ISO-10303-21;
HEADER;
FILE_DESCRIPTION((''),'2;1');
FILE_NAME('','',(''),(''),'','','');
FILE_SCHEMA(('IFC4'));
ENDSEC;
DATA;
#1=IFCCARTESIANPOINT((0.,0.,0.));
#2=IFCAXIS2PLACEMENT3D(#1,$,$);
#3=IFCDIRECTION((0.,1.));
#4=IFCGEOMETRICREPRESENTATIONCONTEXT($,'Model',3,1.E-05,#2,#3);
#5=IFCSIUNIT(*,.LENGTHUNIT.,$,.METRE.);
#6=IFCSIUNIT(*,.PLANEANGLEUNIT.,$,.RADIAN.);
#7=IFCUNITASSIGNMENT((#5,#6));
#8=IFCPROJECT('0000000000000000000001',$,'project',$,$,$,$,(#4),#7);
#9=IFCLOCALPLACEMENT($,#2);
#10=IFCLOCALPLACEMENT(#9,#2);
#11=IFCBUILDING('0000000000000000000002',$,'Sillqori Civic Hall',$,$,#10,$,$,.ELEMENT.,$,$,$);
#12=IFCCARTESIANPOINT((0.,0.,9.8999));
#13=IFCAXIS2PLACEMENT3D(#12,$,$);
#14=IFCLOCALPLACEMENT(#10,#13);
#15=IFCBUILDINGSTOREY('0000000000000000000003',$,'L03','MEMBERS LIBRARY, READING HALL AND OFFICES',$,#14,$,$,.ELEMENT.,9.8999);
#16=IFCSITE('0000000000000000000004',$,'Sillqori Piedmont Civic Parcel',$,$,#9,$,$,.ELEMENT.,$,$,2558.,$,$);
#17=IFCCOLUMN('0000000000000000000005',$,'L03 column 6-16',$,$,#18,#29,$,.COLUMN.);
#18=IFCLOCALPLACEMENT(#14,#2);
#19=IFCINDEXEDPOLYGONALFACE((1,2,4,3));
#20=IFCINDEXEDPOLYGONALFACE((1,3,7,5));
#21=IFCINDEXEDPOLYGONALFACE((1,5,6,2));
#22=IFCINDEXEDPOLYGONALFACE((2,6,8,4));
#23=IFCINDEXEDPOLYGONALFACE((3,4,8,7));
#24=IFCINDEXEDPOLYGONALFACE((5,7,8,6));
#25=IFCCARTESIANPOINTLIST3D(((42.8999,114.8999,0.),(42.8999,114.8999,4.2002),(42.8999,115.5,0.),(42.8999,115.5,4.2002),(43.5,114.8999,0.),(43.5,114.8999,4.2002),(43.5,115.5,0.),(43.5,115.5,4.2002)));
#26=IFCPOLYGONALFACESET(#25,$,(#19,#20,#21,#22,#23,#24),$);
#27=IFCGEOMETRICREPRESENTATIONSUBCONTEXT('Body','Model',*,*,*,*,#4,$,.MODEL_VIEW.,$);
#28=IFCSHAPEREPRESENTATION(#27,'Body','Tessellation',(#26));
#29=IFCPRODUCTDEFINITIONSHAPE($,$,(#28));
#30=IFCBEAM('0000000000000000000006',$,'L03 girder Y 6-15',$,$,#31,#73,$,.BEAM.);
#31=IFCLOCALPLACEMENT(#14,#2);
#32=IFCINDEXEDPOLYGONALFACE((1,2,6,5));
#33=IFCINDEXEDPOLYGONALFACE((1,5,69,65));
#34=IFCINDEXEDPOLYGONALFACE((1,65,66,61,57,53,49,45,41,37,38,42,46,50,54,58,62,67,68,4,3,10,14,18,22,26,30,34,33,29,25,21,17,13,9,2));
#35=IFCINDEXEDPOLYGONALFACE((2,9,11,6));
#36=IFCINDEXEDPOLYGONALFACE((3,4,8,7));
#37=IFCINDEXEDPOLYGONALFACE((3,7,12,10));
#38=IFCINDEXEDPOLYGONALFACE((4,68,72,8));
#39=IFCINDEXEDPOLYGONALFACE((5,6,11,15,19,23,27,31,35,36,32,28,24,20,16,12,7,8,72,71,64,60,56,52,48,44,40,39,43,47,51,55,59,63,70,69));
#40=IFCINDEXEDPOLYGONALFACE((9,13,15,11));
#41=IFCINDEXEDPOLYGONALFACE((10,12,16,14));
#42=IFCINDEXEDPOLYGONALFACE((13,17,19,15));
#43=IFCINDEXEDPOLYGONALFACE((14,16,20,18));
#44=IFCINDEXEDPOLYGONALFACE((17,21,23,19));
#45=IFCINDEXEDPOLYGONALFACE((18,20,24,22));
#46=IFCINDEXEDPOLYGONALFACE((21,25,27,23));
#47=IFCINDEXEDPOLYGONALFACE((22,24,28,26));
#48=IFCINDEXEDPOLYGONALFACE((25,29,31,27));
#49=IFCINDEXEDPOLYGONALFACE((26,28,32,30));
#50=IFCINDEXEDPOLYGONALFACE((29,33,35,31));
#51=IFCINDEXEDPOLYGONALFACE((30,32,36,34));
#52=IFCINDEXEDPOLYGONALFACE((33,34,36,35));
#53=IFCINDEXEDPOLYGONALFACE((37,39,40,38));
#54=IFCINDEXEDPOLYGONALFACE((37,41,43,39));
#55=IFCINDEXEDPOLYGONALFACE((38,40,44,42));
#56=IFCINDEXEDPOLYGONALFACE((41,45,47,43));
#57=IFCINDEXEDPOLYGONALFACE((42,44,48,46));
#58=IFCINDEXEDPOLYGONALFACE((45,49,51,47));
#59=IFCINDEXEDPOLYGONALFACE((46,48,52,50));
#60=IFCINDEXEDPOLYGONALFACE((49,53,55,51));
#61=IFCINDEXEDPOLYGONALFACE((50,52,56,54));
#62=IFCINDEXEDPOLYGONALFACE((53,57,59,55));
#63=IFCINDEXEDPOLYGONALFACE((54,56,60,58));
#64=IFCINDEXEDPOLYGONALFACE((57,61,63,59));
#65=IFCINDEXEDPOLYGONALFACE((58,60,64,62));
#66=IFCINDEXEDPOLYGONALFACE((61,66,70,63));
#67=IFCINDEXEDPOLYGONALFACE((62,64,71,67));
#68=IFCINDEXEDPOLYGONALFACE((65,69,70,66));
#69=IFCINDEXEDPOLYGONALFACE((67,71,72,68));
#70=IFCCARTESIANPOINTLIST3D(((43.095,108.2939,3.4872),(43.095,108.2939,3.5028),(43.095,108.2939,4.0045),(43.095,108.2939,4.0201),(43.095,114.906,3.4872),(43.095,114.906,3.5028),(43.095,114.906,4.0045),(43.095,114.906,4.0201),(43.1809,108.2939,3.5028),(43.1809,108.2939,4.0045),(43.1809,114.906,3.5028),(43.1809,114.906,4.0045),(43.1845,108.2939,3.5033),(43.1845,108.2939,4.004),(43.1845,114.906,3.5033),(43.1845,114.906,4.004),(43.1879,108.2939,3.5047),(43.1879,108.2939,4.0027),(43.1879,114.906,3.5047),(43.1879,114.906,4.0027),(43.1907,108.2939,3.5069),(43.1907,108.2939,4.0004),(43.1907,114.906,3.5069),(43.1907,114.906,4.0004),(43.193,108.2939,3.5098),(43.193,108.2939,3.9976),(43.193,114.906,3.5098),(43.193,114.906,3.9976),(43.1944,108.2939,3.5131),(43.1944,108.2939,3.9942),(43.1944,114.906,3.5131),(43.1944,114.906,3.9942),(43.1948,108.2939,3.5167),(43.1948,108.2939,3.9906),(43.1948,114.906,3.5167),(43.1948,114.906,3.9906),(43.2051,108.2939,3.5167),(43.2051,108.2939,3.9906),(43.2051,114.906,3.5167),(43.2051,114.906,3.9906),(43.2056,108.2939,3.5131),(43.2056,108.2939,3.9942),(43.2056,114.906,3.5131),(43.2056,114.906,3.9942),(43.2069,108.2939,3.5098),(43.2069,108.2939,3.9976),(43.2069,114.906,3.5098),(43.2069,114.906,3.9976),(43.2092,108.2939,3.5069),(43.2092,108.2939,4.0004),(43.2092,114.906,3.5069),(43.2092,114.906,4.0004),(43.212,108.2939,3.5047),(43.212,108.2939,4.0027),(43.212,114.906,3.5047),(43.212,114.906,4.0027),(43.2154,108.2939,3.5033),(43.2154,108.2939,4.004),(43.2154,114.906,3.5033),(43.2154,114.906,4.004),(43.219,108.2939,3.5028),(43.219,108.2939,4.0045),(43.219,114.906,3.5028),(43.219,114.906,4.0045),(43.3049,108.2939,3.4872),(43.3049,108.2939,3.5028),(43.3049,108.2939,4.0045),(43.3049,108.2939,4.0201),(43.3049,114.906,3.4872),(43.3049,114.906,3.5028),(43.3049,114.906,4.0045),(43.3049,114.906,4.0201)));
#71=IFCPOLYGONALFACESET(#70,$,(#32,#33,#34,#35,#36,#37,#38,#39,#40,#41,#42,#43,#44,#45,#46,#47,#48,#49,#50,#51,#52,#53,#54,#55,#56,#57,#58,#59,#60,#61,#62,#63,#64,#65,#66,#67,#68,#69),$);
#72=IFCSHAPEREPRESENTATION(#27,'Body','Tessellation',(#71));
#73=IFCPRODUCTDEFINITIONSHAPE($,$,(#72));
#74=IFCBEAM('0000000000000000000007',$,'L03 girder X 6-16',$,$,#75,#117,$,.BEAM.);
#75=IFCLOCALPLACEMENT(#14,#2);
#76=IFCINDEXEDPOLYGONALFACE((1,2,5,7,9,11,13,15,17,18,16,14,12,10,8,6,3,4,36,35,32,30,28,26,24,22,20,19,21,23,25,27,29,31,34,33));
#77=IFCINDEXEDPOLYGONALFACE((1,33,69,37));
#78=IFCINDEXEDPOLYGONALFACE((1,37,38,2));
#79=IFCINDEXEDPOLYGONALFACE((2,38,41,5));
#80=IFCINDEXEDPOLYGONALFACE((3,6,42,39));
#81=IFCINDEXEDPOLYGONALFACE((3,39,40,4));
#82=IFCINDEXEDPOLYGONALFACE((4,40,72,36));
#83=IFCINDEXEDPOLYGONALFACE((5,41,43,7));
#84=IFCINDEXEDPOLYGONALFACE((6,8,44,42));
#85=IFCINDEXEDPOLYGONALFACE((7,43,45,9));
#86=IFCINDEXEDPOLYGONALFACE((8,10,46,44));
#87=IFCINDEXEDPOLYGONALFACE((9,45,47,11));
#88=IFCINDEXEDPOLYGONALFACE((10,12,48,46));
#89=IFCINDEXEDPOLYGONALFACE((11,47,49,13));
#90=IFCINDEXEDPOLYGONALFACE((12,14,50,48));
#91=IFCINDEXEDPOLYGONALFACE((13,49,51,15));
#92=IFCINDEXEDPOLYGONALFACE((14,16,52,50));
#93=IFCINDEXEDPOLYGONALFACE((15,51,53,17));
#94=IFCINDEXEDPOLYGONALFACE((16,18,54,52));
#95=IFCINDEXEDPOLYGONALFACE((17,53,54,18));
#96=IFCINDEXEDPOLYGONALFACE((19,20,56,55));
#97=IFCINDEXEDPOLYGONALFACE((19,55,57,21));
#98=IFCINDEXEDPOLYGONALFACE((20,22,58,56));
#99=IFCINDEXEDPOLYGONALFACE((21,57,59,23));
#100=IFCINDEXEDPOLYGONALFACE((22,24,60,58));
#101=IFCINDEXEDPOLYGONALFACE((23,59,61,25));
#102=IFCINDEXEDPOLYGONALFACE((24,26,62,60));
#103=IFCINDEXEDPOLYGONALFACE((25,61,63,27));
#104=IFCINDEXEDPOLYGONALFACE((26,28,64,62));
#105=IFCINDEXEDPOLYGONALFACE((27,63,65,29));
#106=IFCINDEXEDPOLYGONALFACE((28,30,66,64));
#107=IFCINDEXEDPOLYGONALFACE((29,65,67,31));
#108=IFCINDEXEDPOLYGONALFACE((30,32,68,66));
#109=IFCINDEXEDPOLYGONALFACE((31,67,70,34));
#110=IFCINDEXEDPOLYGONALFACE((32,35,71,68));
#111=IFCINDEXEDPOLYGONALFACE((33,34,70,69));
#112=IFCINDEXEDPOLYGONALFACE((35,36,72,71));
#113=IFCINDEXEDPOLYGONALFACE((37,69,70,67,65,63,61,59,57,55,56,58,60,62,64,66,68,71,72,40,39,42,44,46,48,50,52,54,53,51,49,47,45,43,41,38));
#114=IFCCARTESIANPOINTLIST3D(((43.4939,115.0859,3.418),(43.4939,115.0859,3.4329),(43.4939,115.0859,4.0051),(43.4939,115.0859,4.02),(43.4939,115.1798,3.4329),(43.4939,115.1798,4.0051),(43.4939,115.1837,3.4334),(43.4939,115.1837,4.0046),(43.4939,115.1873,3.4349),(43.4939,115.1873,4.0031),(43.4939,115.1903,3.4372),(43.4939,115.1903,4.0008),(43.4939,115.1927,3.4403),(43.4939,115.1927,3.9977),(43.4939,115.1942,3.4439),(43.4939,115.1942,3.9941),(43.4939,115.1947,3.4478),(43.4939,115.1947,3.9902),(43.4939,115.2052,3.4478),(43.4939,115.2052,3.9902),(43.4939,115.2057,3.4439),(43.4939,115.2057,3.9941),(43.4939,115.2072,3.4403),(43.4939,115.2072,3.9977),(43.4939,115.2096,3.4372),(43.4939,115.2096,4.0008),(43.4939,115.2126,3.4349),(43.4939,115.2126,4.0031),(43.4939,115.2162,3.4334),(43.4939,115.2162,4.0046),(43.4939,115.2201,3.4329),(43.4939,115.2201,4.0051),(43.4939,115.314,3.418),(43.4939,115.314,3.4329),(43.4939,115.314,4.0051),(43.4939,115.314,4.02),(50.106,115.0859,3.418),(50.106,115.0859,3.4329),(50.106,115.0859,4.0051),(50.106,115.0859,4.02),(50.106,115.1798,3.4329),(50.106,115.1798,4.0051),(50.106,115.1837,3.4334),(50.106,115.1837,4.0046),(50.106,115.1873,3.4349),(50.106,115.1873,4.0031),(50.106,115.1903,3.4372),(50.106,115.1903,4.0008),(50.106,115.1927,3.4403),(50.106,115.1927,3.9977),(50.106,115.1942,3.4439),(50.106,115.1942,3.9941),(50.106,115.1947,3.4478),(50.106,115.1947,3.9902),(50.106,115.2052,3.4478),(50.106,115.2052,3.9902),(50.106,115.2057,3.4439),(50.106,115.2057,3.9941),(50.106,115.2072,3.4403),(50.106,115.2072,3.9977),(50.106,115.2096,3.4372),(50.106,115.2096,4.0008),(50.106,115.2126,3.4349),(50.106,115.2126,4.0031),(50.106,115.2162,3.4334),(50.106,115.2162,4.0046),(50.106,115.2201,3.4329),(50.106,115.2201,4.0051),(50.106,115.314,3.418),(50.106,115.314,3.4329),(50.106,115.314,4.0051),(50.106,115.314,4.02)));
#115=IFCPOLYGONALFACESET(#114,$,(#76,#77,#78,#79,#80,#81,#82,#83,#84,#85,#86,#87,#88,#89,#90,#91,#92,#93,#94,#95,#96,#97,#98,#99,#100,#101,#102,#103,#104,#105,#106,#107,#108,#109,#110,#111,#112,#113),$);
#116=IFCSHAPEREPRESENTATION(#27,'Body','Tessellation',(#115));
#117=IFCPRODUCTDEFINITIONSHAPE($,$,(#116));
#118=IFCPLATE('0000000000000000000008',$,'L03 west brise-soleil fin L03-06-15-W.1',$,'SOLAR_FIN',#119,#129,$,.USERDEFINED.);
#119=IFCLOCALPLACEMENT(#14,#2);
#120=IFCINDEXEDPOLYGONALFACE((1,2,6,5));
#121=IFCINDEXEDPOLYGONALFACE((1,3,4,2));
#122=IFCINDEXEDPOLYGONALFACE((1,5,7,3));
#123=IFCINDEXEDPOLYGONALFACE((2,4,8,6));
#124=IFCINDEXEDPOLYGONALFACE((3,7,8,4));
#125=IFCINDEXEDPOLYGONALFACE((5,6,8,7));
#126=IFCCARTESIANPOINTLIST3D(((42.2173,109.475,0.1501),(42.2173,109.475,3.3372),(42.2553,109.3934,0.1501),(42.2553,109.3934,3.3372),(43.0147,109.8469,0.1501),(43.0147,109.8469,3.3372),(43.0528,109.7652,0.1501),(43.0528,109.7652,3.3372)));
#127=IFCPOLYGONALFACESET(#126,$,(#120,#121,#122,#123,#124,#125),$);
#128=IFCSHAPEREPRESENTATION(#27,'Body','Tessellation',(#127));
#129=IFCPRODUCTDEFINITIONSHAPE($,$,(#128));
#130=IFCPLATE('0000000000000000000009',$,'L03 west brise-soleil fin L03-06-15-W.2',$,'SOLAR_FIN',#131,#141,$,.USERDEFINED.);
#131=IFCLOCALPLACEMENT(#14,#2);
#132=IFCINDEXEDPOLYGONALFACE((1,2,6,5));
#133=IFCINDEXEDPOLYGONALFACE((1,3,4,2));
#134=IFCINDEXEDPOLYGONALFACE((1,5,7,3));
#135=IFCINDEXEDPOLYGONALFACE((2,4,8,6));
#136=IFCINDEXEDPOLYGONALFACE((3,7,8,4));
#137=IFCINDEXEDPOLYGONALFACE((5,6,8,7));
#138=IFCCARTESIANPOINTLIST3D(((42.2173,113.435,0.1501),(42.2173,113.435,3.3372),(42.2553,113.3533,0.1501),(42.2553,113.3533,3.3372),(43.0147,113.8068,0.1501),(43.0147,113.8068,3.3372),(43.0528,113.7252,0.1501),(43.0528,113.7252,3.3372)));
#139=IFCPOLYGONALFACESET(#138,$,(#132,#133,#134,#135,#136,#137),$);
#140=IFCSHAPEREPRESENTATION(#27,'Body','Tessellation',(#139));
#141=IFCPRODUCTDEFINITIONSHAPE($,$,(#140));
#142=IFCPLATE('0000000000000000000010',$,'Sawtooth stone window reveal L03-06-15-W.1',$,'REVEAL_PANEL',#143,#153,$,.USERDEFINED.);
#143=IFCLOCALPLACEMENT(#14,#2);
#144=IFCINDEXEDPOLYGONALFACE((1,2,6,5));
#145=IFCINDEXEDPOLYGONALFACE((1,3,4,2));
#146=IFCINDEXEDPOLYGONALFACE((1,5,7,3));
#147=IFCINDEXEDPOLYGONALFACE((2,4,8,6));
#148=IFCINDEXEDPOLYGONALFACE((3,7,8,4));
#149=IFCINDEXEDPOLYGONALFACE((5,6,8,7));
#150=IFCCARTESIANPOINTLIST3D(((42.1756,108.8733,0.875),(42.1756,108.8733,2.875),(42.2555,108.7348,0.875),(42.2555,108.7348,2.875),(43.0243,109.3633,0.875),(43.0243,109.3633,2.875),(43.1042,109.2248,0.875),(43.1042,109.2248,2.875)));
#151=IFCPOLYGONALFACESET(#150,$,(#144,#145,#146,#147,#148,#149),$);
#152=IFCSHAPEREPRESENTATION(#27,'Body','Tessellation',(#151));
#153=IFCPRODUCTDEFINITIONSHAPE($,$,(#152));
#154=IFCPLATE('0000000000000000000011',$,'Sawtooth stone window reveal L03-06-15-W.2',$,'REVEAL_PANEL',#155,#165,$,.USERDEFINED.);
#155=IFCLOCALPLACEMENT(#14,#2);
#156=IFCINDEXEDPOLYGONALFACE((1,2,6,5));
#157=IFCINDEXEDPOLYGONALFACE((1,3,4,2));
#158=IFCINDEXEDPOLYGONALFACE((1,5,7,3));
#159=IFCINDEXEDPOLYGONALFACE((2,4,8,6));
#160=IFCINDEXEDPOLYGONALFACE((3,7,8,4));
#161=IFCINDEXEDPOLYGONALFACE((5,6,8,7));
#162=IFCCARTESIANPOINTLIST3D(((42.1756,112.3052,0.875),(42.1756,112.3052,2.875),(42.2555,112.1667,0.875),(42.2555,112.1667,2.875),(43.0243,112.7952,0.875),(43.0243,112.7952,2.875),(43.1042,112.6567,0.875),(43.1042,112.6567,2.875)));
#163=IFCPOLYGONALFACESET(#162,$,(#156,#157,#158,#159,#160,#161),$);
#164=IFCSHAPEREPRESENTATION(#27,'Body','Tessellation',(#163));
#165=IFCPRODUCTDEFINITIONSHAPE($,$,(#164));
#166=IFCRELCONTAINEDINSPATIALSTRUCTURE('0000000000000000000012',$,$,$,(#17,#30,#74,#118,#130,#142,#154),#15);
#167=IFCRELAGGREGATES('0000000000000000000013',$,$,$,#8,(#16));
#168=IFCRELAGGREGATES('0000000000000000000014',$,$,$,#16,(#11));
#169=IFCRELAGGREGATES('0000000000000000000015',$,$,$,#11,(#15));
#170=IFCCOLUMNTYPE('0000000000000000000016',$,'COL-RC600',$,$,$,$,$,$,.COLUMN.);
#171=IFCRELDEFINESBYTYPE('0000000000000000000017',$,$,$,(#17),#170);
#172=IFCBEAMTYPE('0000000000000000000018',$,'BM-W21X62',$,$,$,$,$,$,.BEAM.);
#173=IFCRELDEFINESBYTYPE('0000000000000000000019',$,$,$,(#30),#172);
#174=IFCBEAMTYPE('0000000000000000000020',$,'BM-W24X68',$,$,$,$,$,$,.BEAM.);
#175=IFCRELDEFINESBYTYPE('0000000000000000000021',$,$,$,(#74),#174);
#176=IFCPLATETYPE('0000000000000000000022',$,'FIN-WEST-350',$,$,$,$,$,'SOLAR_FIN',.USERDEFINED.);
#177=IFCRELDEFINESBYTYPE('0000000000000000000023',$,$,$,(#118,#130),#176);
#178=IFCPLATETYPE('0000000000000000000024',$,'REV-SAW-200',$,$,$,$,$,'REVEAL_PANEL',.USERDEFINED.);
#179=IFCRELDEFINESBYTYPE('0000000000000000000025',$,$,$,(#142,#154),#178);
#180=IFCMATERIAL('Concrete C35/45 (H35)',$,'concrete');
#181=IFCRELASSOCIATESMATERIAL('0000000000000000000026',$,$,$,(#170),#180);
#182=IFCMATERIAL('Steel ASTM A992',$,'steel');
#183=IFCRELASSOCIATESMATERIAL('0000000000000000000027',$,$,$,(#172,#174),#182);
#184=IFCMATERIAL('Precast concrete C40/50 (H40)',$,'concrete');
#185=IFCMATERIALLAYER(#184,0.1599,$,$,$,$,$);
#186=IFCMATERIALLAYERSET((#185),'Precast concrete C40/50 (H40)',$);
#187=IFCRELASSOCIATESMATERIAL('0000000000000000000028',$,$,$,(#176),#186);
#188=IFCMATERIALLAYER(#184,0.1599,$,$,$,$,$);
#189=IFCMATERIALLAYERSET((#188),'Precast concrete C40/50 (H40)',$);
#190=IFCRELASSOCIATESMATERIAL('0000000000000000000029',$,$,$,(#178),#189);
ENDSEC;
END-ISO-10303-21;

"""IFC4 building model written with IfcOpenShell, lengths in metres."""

from ifc_helpers import new_model, si_unit, direction, frame, origin, origin_2d, place, context, subcontext, project, spatial, rectangle, i_section, extrude, material, layer, layer_set, material_profile, profile_set, type_object, element, save


model = new_model("IFC4")

# Units and contexts
model_context = context("Model", 3, precision=1e-05, world=origin(), true_north=direction((0.0, 1.0)))
body_context = subcontext(model_context, "Body", "Model", "MODEL_VIEW")
ifc_project = project(units=[si_unit("LENGTHUNIT", "METRE"), si_unit("PLANEANGLEUNIT", "RADIAN")], contexts=[model_context])

# Site, building, storey
site_placement = place(None, origin())
site = spatial("IfcSite", under=ifc_project, at=site_placement, Name="Sillqori Piedmont Civic Parcel", CompositionType="ELEMENT", RefElevation=2558.0)
building_placement = place(site_placement, origin())
building = spatial("IfcBuilding", under=site, at=building_placement, Name="Sillqori Civic Hall", CompositionType="ELEMENT")
storey_placement = place(building_placement, frame((0.0, 0.0, 9.8999)))
storey = spatial("IfcBuildingStorey", under=building, at=storey_placement, Name="L03", Description="MEMBERS LIBRARY, READING HALL AND OFFICES", CompositionType="ELEMENT", Elevation=9.8999)

# Column
ifc_material_1 = material(Name="Concrete C35/45 (H35)", Category="concrete")
ifc_material_profile_1 = material_profile(ifc_material_1, rectangle(XDim=0.6001, YDim=0.6001, at=origin_2d()), Name="RC 600x600")
ifc_profile_set_1 = profile_set([ifc_material_profile_1], Name="Concrete C35/45 (H35)")
column_type = type_object("IfcColumnType", Name="COL-RC600", PredefinedType="COLUMN", material=ifc_profile_set_1)
column_placement = place(storey_placement, frame((43.2, 115.2, 0.0), z_axis=(0.0, 0.0, 1.0), x_axis=(1.0, 0.0, 0.0)))
element("IfcColumn", 1, at=column_placement, inside=storey, type_object=column_type, Name="L03 column 6-16", PredefinedType="COLUMN", context=body_context, shape_type="SweptSolid", body=[
    extrude(rectangle(XDim=0.6001, YDim=0.6001, at=origin_2d()), origin(), (0.0, 0.0, 1.0), 4.2002),
])

# Beams
ifc_material_2 = material(Name="Steel ASTM A992", Category="steel")
ifc_material_profile_2 = material_profile(ifc_material_2, i_section(OverallWidth=0.21, OverallDepth=0.533, WebThickness=0.0103, FlangeThickness=0.0156, FilletRadius=0.0139, at=origin_2d()), Name="W21X62")
ifc_profile_set_2 = profile_set([ifc_material_profile_2], Name="Steel ASTM A992")
beam_type_1 = type_object("IfcBeamType", Name="BM-W21X62", PredefinedType="BEAM", material=ifc_profile_set_2)
beam_1_placement = place(storey_placement, frame((43.2, 108.2939, 3.7537), z_axis=(0.0, 1.0, 0.0), x_axis=(-1.0, 0.0, 0.0)))
element("IfcBeam", 2, at=beam_1_placement, inside=storey, type_object=beam_type_1, Name="L03 girder Y 6-15", PredefinedType="BEAM", context=body_context, shape_type="SweptSolid", body=[
    extrude(i_section(OverallWidth=0.21, OverallDepth=0.533, WebThickness=0.0103, FlangeThickness=0.0156, FilletRadius=0.0139, at=origin_2d()), origin(), (0.0, 0.0, 1.0), 6.6121),
])
ifc_material_profile_3 = material_profile(ifc_material_2, i_section(OverallWidth=0.228, OverallDepth=0.6021, WebThickness=0.0105, FlangeThickness=0.0149, FilletRadius=0.0149, at=origin_2d()), Name="W24X68")
ifc_profile_set_3 = profile_set([ifc_material_profile_3], Name="Steel ASTM A992")
beam_type_2 = type_object("IfcBeamType", Name="BM-W24X68", PredefinedType="BEAM", material=ifc_profile_set_3)
beam_2_placement = place(storey_placement, frame((43.4939, 115.2, 3.719), z_axis=(1.0, 0.0, 0.0), x_axis=(0.0, 1.0, 0.0)))
element("IfcBeam", 3, at=beam_2_placement, inside=storey, type_object=beam_type_2, Name="L03 girder X 6-16", PredefinedType="BEAM", context=body_context, shape_type="SweptSolid", body=[
    extrude(i_section(OverallWidth=0.228, OverallDepth=0.6021, WebThickness=0.0105, FlangeThickness=0.0149, FilletRadius=0.0149, at=origin_2d()), origin(), (0.0, 0.0, 1.0), 6.6121),
])

# Plates
ifc_material_3 = material(Name="Precast concrete C40/50 (H40)", Category="concrete")
ifc_layer_1 = layer(ifc_material_3, 0.1599)
ifc_layer_set_1 = layer_set([ifc_layer_1], Name="Precast concrete C40/50 (H40)")
plate_type_1 = type_object("IfcPlateType", Name="FIN-WEST-350", ElementType="SOLAR_FIN", PredefinedType="USERDEFINED", material=ifc_layer_set_1)
for number, where, z_axis, x_axis, name in (
    (4, (42.635, 109.6201, 0.1501), (0.0, 0.0, 1.0), (-0.422618, 0.906308, 0.0), "L03 west brise-soleil fin L03-06-15-W.1"),
    (5, (42.635, 113.5801, 0.1501), (0.0, 0.0, 1.0), (-0.422618, 0.906308, 0.0), "L03 west brise-soleil fin L03-06-15-W.2"),
):
    element("IfcPlate", number, at=place(storey_placement, frame(where, z_axis=z_axis, x_axis=x_axis)), inside=storey, type_object=plate_type_1, Name=name, ObjectType="SOLAR_FIN", PredefinedType="USERDEFINED", context=body_context, shape_type="SweptSolid", body=[
        extrude(rectangle(XDim=0.0901, YDim=0.8799, at=origin_2d()), origin(), (0.0, 0.0, 1.0), 3.187),
    ])
ifc_layer_2 = layer(ifc_material_3, 0.1599)
ifc_layer_set_2 = layer_set([ifc_layer_2], Name="Precast concrete C40/50 (H40)")
plate_type_2 = type_object("IfcPlateType", Name="REV-SAW-200", ElementType="REVEAL_PANEL", PredefinedType="USERDEFINED", material=ifc_layer_set_2)
for number, where, z_axis, x_axis, name in (
    (6, (42.6399, 109.0491, 0.875), (0.0, 0.0, 1.0), (-0.5, 0.866025, 0.0), "Sawtooth stone window reveal L03-06-15-W.1"),
    (7, (42.6399, 112.481, 0.875), (0.0, 0.0, 1.0), (-0.5, 0.866025, 0.0), "Sawtooth stone window reveal L03-06-15-W.2"),
):
    element("IfcPlate", number, at=place(storey_placement, frame(where, z_axis=z_axis, x_axis=x_axis)), inside=storey, type_object=plate_type_2, Name=name, ObjectType="REVEAL_PANEL", PredefinedType="USERDEFINED", context=body_context, shape_type="SweptSolid", body=[
        extrude(rectangle(XDim=0.1599, YDim=0.98, at=origin_2d()), origin(), (0.0, 0.0, 1.0), 2.0),
    ])

save(model, "model.ifc")
